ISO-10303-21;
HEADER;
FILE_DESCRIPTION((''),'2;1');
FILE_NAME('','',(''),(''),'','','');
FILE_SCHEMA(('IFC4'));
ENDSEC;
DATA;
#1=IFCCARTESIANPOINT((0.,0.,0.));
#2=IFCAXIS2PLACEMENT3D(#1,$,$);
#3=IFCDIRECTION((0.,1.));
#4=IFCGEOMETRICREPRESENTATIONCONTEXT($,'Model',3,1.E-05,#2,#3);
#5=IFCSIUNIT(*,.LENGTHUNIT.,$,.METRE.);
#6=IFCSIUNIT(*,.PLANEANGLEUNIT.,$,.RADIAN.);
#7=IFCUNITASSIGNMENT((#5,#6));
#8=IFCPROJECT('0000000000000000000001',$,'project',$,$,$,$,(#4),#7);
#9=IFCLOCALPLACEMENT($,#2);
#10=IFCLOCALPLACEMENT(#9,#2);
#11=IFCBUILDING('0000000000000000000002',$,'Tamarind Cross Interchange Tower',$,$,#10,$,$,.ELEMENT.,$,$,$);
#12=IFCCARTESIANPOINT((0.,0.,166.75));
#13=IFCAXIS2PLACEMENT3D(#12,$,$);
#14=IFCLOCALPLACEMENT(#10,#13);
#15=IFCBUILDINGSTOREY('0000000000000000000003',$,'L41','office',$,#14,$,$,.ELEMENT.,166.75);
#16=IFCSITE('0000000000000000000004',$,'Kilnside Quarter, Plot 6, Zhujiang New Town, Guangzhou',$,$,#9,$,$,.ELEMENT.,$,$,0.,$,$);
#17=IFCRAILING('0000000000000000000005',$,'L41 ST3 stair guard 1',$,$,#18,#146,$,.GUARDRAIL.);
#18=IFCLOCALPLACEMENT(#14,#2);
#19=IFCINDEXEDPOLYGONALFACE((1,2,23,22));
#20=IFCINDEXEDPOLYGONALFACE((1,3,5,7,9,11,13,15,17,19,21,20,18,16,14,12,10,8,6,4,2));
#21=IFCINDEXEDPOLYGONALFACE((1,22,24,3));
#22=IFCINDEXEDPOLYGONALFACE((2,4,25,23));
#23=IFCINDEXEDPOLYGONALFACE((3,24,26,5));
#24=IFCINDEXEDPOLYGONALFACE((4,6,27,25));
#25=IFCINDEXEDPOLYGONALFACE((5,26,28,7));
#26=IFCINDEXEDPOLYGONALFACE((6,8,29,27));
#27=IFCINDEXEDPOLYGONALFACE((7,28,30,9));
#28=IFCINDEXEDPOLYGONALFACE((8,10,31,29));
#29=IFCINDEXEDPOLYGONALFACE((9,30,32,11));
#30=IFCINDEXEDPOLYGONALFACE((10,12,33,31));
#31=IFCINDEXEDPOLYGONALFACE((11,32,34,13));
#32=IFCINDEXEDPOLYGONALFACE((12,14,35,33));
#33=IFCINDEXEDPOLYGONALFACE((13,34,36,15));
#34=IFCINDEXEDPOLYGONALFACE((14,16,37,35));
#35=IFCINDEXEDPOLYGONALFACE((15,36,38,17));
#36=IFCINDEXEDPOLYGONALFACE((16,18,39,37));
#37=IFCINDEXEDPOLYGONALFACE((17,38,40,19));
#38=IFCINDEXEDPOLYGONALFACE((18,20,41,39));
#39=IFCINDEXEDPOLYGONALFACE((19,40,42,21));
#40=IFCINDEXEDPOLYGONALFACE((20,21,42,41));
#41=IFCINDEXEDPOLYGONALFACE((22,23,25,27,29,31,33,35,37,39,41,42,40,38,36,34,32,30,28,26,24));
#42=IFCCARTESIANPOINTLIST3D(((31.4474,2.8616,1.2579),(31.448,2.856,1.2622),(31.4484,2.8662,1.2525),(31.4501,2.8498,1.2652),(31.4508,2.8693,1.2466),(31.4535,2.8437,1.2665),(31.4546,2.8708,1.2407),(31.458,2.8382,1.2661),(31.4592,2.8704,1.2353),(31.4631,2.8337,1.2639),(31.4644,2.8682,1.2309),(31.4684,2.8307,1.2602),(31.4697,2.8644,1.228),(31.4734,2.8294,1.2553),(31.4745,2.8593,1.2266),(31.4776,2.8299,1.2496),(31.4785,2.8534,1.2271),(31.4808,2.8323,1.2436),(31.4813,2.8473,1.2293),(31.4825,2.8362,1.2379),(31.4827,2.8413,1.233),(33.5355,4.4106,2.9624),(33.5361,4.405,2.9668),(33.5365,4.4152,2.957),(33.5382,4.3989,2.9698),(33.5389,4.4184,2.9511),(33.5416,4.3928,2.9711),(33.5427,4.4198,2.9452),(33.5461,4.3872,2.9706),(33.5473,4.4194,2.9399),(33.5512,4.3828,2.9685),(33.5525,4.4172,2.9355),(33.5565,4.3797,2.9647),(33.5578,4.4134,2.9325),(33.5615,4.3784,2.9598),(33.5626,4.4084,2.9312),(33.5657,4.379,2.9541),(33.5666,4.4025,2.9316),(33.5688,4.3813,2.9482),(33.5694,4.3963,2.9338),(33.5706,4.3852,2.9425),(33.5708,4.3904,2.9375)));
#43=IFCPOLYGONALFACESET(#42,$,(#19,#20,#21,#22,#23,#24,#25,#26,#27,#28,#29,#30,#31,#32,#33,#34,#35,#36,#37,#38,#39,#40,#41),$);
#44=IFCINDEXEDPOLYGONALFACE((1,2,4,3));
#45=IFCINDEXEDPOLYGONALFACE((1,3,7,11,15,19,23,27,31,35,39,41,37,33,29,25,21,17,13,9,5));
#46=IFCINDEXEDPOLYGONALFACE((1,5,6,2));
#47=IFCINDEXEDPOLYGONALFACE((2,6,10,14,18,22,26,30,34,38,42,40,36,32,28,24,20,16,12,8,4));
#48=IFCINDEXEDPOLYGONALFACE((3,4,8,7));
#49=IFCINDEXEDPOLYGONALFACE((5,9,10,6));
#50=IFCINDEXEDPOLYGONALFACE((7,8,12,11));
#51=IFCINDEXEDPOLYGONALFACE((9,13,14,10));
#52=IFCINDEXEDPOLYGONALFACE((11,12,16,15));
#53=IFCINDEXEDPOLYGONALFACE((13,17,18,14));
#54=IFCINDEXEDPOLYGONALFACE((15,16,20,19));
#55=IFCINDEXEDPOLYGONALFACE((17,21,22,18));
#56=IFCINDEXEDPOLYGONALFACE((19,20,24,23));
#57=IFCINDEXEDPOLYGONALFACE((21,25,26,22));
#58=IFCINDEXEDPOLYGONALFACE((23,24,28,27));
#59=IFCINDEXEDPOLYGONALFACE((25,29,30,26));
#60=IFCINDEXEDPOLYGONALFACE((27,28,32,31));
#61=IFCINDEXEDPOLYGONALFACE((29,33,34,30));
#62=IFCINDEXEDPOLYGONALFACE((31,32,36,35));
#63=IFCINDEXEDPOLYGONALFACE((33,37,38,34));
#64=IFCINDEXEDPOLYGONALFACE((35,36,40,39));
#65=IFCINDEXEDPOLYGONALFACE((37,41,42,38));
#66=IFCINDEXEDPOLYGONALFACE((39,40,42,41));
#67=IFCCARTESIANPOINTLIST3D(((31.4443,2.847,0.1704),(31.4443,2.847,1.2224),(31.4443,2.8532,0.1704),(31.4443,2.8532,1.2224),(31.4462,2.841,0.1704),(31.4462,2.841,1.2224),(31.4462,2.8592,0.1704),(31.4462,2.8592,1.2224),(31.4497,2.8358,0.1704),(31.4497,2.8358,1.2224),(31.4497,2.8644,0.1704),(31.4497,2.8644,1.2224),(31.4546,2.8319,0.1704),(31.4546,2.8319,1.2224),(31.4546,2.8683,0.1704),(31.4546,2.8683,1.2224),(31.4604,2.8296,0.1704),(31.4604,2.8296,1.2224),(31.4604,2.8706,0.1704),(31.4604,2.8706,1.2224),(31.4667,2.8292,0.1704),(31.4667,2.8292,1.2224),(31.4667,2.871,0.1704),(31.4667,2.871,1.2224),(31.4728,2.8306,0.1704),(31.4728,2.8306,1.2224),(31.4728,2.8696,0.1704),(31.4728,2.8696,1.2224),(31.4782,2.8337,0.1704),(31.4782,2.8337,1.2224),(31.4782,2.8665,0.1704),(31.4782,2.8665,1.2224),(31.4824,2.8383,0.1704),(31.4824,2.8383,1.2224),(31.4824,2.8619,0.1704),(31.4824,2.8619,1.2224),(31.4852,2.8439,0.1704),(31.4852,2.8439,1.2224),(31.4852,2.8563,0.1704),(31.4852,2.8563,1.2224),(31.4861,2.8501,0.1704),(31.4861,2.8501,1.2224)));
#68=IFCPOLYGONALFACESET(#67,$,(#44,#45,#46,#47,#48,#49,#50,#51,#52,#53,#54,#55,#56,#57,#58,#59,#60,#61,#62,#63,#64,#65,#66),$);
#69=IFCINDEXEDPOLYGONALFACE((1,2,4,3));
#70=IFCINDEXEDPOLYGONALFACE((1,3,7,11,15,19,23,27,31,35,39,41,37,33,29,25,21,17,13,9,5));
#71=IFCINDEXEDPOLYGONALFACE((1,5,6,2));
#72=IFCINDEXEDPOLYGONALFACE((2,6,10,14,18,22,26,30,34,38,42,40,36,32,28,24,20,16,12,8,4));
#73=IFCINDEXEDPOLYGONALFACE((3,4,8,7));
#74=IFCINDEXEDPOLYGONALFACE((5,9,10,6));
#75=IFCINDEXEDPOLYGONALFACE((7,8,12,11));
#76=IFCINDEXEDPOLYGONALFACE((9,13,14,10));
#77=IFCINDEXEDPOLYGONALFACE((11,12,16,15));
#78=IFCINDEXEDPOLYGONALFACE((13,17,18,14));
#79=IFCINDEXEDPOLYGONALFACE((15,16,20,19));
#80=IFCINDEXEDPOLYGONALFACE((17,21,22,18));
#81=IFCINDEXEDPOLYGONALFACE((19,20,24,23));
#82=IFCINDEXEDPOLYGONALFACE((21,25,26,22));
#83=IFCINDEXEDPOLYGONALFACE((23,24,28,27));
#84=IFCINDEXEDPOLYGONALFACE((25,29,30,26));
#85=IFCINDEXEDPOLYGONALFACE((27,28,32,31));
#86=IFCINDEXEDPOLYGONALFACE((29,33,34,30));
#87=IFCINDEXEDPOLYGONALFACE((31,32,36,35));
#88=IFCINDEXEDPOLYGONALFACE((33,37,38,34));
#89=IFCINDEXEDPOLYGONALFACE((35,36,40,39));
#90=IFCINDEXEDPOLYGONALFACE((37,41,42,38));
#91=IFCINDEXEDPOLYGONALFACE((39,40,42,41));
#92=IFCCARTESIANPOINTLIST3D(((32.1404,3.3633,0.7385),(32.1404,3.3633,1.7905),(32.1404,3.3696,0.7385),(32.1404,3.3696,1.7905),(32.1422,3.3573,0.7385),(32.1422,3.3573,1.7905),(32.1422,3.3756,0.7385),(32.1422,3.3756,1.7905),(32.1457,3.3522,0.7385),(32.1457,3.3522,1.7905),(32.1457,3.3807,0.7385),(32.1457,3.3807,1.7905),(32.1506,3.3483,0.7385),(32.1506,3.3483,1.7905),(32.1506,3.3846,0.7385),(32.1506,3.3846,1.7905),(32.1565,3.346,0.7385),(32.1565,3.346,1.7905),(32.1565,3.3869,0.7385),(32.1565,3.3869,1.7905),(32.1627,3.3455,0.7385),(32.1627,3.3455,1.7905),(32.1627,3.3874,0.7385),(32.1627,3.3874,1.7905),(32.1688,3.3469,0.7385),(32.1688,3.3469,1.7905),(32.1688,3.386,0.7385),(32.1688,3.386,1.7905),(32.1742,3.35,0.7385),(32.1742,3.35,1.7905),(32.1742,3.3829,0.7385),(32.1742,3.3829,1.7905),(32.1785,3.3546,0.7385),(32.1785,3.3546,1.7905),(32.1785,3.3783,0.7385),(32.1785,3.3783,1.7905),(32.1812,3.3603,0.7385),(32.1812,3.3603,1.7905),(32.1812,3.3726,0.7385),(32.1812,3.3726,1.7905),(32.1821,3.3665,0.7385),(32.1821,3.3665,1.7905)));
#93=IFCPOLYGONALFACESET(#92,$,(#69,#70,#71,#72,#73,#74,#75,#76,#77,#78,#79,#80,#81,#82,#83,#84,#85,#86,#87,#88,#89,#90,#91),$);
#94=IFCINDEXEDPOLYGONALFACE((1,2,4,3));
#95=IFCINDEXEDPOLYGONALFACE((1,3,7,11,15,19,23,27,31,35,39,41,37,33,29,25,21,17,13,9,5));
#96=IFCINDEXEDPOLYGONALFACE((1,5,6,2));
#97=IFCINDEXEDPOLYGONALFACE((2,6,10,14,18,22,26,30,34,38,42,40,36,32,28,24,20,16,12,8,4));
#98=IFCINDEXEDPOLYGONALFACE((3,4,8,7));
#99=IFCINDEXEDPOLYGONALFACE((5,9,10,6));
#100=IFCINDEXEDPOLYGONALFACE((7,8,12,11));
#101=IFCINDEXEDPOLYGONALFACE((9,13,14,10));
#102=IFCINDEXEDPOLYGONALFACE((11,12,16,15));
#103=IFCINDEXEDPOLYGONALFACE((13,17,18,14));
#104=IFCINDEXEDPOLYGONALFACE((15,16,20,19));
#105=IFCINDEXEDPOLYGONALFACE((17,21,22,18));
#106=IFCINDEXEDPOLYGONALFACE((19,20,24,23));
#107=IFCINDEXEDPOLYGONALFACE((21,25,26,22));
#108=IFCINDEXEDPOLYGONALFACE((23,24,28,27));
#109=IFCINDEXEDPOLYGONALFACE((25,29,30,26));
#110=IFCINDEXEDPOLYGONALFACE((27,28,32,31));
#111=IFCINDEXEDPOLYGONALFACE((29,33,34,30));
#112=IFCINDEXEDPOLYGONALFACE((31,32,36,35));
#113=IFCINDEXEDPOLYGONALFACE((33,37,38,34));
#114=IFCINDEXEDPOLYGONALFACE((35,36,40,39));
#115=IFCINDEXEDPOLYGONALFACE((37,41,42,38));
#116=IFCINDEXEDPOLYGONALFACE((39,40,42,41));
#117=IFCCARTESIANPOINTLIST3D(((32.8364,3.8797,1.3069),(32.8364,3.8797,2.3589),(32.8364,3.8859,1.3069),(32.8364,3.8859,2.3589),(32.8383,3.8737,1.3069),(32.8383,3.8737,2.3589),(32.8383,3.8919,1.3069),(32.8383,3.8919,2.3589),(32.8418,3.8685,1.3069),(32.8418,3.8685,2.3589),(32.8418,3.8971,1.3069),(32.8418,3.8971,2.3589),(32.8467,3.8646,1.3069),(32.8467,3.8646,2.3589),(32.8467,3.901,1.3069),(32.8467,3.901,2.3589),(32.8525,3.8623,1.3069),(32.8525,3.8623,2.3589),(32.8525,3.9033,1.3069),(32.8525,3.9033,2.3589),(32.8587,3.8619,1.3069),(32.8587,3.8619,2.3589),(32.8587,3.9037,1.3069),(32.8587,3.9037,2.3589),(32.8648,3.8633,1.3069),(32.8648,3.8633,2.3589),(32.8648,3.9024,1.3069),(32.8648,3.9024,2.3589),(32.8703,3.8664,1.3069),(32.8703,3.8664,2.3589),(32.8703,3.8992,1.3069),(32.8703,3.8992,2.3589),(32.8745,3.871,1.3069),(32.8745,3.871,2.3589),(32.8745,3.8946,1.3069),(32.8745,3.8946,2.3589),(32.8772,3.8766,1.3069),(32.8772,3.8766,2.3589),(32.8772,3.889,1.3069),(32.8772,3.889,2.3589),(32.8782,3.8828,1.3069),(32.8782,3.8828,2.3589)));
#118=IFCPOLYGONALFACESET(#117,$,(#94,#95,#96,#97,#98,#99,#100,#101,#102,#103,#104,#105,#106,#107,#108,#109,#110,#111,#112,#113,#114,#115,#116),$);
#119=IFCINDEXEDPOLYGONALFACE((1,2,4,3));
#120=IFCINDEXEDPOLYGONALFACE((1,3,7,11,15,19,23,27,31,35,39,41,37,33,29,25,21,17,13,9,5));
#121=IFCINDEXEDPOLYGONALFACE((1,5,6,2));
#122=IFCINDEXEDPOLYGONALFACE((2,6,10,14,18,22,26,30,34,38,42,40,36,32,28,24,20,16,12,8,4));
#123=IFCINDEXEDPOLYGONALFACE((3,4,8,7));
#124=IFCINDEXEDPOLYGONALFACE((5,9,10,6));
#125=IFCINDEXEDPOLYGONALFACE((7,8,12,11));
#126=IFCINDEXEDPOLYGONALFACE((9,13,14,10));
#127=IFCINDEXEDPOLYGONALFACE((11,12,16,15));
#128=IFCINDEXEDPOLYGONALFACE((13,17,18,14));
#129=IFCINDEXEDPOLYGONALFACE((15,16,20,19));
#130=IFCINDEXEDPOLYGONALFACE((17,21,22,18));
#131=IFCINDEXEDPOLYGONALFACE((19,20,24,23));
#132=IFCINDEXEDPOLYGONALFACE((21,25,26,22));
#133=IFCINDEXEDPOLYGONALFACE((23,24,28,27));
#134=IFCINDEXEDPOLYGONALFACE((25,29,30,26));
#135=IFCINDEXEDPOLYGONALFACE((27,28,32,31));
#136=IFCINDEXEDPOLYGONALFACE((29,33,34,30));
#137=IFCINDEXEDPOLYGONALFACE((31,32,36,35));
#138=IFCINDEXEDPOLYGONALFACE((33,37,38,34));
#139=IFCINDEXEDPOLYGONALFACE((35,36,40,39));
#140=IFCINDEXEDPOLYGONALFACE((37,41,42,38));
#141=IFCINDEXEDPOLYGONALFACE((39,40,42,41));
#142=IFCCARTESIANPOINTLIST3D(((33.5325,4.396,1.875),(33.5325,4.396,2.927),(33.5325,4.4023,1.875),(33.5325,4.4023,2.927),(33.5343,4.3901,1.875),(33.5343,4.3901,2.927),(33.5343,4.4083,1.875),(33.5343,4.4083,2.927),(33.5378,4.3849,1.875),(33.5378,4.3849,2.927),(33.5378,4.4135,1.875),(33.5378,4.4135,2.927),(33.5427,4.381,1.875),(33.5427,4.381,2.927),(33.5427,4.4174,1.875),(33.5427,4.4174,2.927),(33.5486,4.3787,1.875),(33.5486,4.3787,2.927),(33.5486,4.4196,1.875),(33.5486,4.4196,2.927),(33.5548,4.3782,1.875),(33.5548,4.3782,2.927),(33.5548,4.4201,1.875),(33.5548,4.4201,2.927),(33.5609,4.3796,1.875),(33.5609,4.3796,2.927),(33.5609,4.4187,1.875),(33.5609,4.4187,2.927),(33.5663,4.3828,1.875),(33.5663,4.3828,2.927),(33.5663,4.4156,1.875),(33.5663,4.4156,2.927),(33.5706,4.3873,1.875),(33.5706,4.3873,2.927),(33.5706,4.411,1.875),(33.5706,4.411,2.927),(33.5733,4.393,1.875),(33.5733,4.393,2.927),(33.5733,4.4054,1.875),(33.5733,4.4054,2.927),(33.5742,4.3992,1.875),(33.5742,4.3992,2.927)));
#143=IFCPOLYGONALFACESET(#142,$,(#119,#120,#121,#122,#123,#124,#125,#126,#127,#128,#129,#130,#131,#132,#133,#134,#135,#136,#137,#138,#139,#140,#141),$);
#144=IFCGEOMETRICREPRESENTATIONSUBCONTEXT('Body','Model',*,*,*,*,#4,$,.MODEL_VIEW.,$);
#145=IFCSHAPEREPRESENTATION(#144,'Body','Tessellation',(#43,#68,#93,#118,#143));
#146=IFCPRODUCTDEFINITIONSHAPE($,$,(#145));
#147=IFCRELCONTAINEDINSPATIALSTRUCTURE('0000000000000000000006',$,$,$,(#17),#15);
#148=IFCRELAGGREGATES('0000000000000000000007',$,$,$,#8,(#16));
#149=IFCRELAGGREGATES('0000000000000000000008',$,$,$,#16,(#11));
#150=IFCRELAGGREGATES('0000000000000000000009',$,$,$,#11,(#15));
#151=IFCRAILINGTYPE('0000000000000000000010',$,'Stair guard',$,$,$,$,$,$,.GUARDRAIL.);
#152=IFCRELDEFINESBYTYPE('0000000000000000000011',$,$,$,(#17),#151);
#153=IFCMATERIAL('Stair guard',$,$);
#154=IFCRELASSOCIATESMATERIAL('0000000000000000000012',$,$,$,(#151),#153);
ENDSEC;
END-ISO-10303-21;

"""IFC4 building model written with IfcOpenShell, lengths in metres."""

from ifc_helpers import new_model, si_unit, direction, frame, origin, origin_2d, place, context, subcontext, project, spatial, circle, extrude, material, type_object, element, save


model = new_model("IFC4")

# Units and contexts
model_context = context("Model", 3, precision=1e-05, world=origin(), true_north=direction((0.0, 1.0)))
body_context = subcontext(model_context, "Body", "Model", "MODEL_VIEW")
ifc_project = project(units=[si_unit("LENGTHUNIT", "METRE"), si_unit("PLANEANGLEUNIT", "RADIAN")], contexts=[model_context])

# Site, building, storey
site_placement = place(None, origin())
site = spatial("IfcSite", under=ifc_project, at=site_placement, Name="Kilnside Quarter, Plot 6, Zhujiang New Town, Guangzhou", CompositionType="ELEMENT", RefElevation=0.0)
building_placement = place(site_placement, origin())
building = spatial("IfcBuilding", under=site, at=building_placement, Name="Tamarind Cross Interchange Tower", CompositionType="ELEMENT")
storey_placement = place(building_placement, frame((0.0, 0.0, 166.75)))
storey = spatial("IfcBuildingStorey", under=building, at=storey_placement, Name="L41", Description="office", CompositionType="ELEMENT", Elevation=166.75)

# Railing
ifc_material_1 = material(Name="Stair guard")
railing_type_1 = type_object("IfcRailingType", Name="Stair guard", PredefinedType="GUARDRAIL", material=ifc_material_1)
railing_1_placement = place(storey_placement, frame((31.4651, 2.8501, 0.1704)))
element("IfcRailing", 1, at=railing_1_placement, inside=storey, type_object=railing_type_1, Name="L41 ST3 stair guard 1", PredefinedType="GUARDRAIL", context=body_context, shape_type="SweptSolid", body=[
    extrude(circle(Radius=0.0239, at=origin_2d()), frame((0.0, 0.0, 1.0762), z_axis=(0.671653, 0.498263, 0.548285), x_axis=(-0.5958, 0.803133, 0.0)), (0.0, 0.0, 1.0), 3.1089),
    extrude(circle(Radius=0.021, at=origin_2d()), origin(), (0.0, 0.0, 1.0), 1.052),
    extrude(circle(Radius=0.021, at=origin_2d()), frame((0.696, 0.5164, 0.5681)), (0.0, 0.0, 1.0), 1.052),
    extrude(circle(Radius=0.021, at=origin_2d()), frame((1.3921, 1.0327, 1.1365)), (0.0, 0.0, 1.0), 1.052),
    extrude(circle(Radius=0.021, at=origin_2d()), frame((2.0881, 1.5491, 1.7046)), (0.0, 0.0, 1.0), 1.052),
])

save(model, "model.ifc")
